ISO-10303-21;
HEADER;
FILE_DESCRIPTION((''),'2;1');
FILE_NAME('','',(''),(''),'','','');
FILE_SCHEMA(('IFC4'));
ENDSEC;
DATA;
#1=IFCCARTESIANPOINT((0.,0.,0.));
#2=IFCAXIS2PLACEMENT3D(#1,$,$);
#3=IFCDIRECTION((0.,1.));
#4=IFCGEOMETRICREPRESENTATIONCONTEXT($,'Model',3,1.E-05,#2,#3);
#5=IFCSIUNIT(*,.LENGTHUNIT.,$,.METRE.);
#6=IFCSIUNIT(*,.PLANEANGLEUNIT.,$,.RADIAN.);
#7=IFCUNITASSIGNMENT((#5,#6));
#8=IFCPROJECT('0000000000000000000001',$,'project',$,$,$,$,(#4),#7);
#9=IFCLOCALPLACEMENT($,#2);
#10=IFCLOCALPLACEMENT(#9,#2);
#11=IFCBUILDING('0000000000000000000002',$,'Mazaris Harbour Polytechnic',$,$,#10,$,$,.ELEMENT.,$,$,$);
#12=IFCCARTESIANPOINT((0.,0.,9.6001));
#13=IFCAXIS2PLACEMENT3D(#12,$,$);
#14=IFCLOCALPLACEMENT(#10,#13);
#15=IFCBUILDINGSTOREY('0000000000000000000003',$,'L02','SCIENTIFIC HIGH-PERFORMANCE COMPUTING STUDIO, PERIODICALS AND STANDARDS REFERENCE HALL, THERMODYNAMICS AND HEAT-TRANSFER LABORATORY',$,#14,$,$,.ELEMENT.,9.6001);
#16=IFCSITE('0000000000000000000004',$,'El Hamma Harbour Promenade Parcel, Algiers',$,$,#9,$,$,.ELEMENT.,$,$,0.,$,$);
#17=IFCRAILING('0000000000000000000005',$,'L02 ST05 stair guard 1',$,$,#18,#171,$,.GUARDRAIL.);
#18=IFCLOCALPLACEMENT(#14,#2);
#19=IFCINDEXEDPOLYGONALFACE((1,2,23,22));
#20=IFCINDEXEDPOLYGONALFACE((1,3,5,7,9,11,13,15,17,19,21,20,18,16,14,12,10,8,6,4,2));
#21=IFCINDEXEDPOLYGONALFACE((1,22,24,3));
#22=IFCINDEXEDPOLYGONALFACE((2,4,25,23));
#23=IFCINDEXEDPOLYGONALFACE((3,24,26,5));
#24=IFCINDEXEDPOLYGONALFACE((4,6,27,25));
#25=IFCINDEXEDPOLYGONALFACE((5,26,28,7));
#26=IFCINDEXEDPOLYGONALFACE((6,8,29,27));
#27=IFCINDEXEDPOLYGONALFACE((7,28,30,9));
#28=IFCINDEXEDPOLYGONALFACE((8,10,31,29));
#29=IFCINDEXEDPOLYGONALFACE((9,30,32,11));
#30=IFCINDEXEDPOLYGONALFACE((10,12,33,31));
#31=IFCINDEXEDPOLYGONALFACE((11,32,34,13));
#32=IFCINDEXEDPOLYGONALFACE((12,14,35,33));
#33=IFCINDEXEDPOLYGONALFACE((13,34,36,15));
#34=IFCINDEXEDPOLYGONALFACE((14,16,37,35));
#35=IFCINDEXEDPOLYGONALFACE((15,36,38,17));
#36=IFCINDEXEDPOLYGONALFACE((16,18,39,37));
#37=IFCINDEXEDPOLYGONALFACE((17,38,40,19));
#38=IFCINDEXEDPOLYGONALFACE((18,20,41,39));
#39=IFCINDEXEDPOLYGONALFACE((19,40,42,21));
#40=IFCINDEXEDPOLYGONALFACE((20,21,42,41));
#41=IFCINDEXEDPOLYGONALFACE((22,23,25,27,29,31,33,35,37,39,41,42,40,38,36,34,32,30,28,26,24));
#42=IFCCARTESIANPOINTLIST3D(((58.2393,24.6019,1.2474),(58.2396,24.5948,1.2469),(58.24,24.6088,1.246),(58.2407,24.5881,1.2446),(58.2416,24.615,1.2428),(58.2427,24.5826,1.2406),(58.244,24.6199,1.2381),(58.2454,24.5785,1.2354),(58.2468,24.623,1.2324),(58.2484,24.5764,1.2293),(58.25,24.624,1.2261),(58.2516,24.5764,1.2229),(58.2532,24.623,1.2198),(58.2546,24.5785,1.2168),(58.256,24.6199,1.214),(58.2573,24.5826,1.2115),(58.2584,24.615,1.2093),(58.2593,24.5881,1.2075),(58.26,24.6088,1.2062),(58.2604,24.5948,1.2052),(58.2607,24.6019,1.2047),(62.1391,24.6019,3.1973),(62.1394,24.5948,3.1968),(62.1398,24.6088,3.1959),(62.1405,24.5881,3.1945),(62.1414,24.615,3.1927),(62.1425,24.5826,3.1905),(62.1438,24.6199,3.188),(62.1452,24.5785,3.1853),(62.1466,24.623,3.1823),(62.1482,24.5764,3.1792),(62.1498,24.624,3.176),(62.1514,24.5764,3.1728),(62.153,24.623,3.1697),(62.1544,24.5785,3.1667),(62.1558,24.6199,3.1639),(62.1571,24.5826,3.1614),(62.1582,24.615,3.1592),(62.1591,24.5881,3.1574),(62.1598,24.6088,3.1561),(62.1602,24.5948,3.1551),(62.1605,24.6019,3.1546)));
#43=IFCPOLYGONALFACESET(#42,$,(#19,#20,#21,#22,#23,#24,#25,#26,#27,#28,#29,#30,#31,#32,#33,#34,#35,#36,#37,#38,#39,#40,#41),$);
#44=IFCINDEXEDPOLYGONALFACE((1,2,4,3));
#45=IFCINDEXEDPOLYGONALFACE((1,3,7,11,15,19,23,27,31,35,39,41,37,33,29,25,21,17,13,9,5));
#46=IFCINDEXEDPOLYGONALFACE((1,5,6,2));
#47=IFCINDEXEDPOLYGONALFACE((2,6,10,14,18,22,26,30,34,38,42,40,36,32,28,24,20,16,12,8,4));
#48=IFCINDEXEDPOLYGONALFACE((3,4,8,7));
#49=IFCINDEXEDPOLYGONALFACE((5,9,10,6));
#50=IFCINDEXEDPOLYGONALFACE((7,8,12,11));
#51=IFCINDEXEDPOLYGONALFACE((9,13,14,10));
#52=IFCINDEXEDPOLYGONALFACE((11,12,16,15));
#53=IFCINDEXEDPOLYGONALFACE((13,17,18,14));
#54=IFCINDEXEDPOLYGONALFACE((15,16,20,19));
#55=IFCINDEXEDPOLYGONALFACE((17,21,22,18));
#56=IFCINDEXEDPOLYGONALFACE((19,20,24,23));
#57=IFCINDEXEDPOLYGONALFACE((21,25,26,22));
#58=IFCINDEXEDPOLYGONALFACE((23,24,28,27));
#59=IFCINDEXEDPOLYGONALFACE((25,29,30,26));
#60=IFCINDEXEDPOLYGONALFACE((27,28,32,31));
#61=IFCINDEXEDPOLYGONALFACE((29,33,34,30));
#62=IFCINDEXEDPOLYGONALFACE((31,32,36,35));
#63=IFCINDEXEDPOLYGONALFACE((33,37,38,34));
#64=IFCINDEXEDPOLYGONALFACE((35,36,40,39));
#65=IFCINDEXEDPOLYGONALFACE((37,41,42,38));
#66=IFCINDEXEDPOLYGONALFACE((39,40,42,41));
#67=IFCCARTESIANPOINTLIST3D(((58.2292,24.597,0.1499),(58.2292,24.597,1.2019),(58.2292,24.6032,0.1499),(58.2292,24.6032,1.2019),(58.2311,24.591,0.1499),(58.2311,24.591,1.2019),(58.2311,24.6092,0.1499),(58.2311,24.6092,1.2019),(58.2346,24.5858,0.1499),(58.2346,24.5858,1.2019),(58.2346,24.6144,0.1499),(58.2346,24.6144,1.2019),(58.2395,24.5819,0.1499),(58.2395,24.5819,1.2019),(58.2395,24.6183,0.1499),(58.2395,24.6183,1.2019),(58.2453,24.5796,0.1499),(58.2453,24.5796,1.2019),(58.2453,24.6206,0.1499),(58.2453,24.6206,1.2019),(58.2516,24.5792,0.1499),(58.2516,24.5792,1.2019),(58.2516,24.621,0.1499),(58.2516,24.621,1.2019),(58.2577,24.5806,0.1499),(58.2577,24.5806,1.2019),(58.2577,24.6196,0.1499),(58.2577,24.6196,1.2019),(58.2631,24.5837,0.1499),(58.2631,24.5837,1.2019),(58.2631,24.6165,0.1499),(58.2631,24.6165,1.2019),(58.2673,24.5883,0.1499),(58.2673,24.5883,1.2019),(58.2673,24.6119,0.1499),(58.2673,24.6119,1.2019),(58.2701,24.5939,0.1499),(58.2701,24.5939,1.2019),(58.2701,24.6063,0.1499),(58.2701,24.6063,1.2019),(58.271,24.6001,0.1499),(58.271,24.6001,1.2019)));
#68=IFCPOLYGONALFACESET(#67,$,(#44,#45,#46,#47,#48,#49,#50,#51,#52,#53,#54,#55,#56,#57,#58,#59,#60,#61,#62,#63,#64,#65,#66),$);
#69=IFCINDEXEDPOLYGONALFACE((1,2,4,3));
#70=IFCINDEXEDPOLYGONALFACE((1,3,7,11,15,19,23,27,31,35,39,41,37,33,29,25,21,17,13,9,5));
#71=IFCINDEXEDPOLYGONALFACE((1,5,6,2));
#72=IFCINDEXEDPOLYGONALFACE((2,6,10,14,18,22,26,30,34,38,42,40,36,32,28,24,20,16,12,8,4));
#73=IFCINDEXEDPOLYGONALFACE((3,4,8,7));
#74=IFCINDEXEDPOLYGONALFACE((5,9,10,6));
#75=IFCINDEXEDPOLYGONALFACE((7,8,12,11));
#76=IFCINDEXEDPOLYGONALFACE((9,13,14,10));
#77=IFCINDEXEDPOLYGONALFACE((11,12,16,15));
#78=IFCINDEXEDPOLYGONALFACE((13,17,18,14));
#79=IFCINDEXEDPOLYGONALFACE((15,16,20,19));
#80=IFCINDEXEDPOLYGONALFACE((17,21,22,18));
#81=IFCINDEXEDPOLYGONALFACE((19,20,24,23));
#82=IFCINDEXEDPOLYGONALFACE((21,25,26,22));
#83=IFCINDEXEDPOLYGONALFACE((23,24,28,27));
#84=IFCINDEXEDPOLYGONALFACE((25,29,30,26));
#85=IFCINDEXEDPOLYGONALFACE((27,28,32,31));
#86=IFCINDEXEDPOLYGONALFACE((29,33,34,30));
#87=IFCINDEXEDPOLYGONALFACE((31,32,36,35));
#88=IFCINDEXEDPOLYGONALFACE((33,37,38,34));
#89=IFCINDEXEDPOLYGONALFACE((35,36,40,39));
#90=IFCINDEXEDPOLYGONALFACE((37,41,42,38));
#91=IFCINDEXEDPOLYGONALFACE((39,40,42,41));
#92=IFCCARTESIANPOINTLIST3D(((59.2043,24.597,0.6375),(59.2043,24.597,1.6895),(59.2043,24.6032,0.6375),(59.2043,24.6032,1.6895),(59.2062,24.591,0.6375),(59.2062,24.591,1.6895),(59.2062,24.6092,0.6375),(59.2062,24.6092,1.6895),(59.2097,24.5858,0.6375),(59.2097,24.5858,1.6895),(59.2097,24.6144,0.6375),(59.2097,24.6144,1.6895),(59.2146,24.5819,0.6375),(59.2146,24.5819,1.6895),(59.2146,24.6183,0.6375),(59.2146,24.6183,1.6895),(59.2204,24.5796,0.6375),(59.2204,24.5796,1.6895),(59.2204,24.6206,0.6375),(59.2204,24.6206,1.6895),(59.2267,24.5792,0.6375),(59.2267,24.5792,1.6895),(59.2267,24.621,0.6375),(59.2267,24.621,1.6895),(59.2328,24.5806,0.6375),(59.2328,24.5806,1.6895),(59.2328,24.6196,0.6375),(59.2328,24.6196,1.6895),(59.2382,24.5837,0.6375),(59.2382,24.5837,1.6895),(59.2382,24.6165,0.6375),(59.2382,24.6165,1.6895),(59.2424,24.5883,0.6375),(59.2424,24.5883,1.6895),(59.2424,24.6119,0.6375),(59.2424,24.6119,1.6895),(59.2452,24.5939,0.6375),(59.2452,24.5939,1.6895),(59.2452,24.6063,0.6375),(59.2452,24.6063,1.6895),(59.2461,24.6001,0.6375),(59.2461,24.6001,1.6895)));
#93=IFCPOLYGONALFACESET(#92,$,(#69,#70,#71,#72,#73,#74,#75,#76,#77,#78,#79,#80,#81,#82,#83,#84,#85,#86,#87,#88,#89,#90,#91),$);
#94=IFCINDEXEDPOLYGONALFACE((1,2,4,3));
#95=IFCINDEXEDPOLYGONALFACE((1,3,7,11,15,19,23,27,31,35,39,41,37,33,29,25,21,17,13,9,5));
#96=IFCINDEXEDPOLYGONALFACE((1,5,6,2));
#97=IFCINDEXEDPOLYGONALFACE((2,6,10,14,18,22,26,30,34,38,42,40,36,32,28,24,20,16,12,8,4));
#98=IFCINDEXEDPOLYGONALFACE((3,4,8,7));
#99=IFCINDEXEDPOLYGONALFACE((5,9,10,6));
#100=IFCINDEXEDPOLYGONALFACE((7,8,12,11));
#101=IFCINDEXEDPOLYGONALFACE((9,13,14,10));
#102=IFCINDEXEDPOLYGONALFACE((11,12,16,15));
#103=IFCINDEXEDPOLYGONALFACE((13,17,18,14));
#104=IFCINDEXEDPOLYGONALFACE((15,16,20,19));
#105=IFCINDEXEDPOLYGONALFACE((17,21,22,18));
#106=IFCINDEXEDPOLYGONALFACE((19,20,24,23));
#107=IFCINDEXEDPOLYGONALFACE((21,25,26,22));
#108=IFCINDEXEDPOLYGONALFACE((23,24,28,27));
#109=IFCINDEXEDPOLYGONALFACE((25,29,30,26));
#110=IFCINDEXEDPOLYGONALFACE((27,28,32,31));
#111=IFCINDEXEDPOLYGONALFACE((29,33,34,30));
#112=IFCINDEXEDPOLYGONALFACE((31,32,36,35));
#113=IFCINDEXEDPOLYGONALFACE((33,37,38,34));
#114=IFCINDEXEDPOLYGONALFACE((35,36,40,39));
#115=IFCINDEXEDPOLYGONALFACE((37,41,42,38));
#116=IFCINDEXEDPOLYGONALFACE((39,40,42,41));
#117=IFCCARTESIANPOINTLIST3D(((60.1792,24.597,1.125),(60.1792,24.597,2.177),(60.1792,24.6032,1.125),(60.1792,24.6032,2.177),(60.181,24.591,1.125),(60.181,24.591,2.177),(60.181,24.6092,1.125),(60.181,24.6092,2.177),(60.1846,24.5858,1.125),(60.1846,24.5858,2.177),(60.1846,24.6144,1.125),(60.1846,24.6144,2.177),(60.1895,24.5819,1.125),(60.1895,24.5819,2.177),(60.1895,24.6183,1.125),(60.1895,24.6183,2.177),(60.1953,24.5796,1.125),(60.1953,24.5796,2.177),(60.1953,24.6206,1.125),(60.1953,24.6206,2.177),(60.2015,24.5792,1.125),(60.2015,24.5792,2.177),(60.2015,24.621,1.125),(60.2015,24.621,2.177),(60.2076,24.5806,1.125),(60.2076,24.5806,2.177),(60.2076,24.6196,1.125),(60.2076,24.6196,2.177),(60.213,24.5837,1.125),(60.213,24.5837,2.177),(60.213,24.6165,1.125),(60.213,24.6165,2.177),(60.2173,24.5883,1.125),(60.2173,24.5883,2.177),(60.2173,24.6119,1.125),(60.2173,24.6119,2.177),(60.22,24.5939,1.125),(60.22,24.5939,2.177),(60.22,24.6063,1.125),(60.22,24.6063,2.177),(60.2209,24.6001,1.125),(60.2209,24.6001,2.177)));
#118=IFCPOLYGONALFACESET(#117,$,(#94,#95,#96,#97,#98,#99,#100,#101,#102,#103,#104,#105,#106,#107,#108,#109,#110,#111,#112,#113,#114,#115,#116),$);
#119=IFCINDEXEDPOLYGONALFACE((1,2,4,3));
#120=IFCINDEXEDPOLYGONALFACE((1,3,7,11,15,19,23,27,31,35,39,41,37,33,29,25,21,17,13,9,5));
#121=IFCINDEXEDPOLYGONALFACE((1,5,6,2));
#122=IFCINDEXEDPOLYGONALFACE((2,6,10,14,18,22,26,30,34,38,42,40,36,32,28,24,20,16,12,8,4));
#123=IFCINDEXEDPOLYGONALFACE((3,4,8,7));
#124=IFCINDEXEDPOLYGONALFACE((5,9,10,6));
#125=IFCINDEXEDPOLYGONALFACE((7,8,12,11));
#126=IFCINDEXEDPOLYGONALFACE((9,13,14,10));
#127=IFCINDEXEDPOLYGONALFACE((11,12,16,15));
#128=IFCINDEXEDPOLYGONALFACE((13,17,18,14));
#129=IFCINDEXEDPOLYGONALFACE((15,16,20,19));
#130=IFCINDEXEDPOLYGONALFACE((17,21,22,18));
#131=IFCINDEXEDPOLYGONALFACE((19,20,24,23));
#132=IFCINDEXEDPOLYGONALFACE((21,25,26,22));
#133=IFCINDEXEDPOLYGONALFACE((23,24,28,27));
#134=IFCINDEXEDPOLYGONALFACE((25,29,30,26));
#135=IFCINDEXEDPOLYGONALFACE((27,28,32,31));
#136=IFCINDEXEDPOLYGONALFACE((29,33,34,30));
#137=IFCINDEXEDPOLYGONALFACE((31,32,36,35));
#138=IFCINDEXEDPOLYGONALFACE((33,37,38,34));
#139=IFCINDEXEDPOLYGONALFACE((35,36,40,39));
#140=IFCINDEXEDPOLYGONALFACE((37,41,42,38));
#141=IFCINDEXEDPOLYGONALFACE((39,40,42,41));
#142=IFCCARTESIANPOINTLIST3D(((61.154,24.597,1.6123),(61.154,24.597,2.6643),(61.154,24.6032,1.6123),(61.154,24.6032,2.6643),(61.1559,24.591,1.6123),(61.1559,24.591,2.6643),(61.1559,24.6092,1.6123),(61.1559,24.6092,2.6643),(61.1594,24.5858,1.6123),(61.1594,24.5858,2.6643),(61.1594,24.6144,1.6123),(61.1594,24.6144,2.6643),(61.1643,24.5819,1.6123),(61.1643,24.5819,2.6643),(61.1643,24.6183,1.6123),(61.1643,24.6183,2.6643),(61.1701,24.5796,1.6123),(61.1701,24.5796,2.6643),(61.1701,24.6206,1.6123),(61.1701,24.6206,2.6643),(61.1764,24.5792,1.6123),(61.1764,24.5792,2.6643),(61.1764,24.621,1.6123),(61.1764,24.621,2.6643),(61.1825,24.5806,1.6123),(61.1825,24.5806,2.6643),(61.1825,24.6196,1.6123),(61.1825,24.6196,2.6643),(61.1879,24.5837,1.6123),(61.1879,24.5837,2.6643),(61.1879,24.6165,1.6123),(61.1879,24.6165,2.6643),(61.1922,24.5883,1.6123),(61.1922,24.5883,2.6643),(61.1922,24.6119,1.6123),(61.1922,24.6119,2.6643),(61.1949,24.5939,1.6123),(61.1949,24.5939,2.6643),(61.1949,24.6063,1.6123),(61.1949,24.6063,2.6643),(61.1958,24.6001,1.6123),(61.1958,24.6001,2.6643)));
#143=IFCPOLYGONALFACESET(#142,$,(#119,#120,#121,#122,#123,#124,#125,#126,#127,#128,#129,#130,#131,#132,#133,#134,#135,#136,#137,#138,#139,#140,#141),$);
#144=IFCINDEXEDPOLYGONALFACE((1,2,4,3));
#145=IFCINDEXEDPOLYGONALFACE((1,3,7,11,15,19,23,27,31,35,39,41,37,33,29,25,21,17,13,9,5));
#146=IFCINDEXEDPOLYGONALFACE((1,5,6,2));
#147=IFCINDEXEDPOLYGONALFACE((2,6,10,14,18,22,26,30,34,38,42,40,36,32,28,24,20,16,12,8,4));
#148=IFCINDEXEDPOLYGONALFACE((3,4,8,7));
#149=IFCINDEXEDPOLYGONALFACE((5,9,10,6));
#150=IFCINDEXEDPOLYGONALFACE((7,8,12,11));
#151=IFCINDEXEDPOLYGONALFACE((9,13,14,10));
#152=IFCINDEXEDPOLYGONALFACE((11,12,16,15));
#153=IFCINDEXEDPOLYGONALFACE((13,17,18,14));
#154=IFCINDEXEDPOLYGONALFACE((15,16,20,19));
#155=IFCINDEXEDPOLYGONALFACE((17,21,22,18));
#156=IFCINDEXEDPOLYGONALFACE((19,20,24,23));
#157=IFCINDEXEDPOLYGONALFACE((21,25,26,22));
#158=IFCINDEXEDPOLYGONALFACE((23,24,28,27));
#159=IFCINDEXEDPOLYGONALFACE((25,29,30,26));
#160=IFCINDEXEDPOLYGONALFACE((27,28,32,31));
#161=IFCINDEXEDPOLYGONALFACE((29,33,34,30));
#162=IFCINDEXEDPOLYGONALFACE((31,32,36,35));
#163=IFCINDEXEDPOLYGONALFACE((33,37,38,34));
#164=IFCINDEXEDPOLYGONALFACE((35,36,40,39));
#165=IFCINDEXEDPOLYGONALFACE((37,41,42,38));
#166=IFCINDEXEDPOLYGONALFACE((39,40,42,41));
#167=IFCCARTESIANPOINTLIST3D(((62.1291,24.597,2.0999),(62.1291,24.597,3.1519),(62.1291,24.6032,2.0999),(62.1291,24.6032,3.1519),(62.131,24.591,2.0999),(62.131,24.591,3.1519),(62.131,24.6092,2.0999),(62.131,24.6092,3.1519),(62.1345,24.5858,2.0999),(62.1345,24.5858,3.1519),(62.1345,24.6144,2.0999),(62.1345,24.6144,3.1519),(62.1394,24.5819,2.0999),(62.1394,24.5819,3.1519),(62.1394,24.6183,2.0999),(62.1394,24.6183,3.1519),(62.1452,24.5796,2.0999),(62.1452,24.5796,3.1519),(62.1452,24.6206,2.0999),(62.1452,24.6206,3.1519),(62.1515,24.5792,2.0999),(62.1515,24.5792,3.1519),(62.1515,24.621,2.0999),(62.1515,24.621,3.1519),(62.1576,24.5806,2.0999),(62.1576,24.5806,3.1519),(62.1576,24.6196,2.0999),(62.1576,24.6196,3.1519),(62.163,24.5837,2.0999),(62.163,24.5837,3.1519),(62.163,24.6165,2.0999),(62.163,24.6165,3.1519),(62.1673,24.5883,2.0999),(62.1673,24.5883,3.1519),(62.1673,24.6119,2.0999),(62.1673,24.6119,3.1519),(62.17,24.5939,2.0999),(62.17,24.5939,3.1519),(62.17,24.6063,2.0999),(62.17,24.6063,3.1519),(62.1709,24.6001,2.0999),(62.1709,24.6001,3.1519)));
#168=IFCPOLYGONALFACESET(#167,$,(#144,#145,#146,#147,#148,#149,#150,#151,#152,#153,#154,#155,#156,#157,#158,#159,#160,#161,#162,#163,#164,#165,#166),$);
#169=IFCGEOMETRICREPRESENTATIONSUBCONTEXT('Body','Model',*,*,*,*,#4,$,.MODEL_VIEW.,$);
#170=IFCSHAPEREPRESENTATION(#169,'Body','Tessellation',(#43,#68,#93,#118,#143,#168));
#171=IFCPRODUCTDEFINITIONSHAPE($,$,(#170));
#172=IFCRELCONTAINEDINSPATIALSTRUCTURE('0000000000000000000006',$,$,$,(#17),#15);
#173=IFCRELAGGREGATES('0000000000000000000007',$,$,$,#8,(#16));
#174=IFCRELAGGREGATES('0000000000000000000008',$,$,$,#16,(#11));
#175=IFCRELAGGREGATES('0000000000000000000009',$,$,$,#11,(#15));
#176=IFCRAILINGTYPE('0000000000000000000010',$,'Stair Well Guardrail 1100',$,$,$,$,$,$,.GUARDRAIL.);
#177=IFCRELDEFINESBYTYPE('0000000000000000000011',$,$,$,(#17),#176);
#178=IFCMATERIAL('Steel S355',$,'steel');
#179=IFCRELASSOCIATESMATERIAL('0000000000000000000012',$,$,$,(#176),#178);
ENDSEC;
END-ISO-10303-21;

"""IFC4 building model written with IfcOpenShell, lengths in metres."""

from ifc_helpers import new_model, si_unit, direction, frame, origin, origin_2d, place, context, subcontext, project, spatial, circle, extrude, material, type_object, element, save


model = new_model("IFC4")

# Units and contexts
model_context = context("Model", 3, precision=1e-05, world=origin(), true_north=direction((0.0, 1.0)))
body_context = subcontext(model_context, "Body", "Model", "MODEL_VIEW")
ifc_project = project(units=[si_unit("LENGTHUNIT", "METRE"), si_unit("PLANEANGLEUNIT", "RADIAN")], contexts=[model_context])

# Site, building, storey
site_placement = place(None, origin())
site = spatial("IfcSite", under=ifc_project, at=site_placement, Name="El Hamma Harbour Promenade Parcel, Algiers", CompositionType="ELEMENT", RefElevation=0.0)
building_placement = place(site_placement, origin())
building = spatial("IfcBuilding", under=site, at=building_placement, Name="Mazaris Harbour Polytechnic", CompositionType="ELEMENT")
storey_placement = place(building_placement, frame((0.0, 0.0, 9.6001)))
storey = spatial("IfcBuildingStorey", under=building, at=storey_placement, Name="L02", Description="SCIENTIFIC HIGH-PERFORMANCE COMPUTING STUDIO, PERIODICALS AND STANDARDS REFERENCE HALL, THERMODYNAMICS AND HEAT-TRANSFER LABORATORY", CompositionType="ELEMENT", Elevation=9.6001)

# Railing
ifc_material_1 = material(Name="Steel S355", Category="steel")
railing_type_1 = type_object("IfcRailingType", Name="Stair Well Guardrail 1100", PredefinedType="GUARDRAIL", material=ifc_material_1)
railing_1_placement = place(storey_placement, frame((58.25, 24.6001, 0.1499)))
element("IfcRailing", 1, at=railing_1_placement, inside=storey, type_object=railing_type_1, Name="L02 ST05 stair guard 1", PredefinedType="GUARDRAIL", context=body_context, shape_type="SweptSolid", body=[
    extrude(circle(Radius=0.0239, at=origin_2d()), frame((0.0, 0.0, 1.0762), z_axis=(0.894427, 0.0, 0.447214), x_axis=(0.0, 1.0, 0.0)), (0.0, 0.0, 1.0), 4.3601),
    extrude(circle(Radius=0.021, at=origin_2d()), origin(), (0.0, 0.0, 1.0), 1.052),
    extrude(circle(Radius=0.021, at=origin_2d()), frame((0.9751, 0.0, 0.4875)), (0.0, 0.0, 1.0), 1.052),
    extrude(circle(Radius=0.021, at=origin_2d()), frame((1.95, 0.0, 0.9751)), (0.0, 0.0, 1.0), 1.052),
    extrude(circle(Radius=0.021, at=origin_2d()), frame((2.9248, 0.0, 1.4624)), (0.0, 0.0, 1.0), 1.052),
    extrude(circle(Radius=0.021, at=origin_2d()), frame((3.8999, 0.0, 1.95)), (0.0, 0.0, 1.0), 1.052),
])

save(model, "model.ifc")
